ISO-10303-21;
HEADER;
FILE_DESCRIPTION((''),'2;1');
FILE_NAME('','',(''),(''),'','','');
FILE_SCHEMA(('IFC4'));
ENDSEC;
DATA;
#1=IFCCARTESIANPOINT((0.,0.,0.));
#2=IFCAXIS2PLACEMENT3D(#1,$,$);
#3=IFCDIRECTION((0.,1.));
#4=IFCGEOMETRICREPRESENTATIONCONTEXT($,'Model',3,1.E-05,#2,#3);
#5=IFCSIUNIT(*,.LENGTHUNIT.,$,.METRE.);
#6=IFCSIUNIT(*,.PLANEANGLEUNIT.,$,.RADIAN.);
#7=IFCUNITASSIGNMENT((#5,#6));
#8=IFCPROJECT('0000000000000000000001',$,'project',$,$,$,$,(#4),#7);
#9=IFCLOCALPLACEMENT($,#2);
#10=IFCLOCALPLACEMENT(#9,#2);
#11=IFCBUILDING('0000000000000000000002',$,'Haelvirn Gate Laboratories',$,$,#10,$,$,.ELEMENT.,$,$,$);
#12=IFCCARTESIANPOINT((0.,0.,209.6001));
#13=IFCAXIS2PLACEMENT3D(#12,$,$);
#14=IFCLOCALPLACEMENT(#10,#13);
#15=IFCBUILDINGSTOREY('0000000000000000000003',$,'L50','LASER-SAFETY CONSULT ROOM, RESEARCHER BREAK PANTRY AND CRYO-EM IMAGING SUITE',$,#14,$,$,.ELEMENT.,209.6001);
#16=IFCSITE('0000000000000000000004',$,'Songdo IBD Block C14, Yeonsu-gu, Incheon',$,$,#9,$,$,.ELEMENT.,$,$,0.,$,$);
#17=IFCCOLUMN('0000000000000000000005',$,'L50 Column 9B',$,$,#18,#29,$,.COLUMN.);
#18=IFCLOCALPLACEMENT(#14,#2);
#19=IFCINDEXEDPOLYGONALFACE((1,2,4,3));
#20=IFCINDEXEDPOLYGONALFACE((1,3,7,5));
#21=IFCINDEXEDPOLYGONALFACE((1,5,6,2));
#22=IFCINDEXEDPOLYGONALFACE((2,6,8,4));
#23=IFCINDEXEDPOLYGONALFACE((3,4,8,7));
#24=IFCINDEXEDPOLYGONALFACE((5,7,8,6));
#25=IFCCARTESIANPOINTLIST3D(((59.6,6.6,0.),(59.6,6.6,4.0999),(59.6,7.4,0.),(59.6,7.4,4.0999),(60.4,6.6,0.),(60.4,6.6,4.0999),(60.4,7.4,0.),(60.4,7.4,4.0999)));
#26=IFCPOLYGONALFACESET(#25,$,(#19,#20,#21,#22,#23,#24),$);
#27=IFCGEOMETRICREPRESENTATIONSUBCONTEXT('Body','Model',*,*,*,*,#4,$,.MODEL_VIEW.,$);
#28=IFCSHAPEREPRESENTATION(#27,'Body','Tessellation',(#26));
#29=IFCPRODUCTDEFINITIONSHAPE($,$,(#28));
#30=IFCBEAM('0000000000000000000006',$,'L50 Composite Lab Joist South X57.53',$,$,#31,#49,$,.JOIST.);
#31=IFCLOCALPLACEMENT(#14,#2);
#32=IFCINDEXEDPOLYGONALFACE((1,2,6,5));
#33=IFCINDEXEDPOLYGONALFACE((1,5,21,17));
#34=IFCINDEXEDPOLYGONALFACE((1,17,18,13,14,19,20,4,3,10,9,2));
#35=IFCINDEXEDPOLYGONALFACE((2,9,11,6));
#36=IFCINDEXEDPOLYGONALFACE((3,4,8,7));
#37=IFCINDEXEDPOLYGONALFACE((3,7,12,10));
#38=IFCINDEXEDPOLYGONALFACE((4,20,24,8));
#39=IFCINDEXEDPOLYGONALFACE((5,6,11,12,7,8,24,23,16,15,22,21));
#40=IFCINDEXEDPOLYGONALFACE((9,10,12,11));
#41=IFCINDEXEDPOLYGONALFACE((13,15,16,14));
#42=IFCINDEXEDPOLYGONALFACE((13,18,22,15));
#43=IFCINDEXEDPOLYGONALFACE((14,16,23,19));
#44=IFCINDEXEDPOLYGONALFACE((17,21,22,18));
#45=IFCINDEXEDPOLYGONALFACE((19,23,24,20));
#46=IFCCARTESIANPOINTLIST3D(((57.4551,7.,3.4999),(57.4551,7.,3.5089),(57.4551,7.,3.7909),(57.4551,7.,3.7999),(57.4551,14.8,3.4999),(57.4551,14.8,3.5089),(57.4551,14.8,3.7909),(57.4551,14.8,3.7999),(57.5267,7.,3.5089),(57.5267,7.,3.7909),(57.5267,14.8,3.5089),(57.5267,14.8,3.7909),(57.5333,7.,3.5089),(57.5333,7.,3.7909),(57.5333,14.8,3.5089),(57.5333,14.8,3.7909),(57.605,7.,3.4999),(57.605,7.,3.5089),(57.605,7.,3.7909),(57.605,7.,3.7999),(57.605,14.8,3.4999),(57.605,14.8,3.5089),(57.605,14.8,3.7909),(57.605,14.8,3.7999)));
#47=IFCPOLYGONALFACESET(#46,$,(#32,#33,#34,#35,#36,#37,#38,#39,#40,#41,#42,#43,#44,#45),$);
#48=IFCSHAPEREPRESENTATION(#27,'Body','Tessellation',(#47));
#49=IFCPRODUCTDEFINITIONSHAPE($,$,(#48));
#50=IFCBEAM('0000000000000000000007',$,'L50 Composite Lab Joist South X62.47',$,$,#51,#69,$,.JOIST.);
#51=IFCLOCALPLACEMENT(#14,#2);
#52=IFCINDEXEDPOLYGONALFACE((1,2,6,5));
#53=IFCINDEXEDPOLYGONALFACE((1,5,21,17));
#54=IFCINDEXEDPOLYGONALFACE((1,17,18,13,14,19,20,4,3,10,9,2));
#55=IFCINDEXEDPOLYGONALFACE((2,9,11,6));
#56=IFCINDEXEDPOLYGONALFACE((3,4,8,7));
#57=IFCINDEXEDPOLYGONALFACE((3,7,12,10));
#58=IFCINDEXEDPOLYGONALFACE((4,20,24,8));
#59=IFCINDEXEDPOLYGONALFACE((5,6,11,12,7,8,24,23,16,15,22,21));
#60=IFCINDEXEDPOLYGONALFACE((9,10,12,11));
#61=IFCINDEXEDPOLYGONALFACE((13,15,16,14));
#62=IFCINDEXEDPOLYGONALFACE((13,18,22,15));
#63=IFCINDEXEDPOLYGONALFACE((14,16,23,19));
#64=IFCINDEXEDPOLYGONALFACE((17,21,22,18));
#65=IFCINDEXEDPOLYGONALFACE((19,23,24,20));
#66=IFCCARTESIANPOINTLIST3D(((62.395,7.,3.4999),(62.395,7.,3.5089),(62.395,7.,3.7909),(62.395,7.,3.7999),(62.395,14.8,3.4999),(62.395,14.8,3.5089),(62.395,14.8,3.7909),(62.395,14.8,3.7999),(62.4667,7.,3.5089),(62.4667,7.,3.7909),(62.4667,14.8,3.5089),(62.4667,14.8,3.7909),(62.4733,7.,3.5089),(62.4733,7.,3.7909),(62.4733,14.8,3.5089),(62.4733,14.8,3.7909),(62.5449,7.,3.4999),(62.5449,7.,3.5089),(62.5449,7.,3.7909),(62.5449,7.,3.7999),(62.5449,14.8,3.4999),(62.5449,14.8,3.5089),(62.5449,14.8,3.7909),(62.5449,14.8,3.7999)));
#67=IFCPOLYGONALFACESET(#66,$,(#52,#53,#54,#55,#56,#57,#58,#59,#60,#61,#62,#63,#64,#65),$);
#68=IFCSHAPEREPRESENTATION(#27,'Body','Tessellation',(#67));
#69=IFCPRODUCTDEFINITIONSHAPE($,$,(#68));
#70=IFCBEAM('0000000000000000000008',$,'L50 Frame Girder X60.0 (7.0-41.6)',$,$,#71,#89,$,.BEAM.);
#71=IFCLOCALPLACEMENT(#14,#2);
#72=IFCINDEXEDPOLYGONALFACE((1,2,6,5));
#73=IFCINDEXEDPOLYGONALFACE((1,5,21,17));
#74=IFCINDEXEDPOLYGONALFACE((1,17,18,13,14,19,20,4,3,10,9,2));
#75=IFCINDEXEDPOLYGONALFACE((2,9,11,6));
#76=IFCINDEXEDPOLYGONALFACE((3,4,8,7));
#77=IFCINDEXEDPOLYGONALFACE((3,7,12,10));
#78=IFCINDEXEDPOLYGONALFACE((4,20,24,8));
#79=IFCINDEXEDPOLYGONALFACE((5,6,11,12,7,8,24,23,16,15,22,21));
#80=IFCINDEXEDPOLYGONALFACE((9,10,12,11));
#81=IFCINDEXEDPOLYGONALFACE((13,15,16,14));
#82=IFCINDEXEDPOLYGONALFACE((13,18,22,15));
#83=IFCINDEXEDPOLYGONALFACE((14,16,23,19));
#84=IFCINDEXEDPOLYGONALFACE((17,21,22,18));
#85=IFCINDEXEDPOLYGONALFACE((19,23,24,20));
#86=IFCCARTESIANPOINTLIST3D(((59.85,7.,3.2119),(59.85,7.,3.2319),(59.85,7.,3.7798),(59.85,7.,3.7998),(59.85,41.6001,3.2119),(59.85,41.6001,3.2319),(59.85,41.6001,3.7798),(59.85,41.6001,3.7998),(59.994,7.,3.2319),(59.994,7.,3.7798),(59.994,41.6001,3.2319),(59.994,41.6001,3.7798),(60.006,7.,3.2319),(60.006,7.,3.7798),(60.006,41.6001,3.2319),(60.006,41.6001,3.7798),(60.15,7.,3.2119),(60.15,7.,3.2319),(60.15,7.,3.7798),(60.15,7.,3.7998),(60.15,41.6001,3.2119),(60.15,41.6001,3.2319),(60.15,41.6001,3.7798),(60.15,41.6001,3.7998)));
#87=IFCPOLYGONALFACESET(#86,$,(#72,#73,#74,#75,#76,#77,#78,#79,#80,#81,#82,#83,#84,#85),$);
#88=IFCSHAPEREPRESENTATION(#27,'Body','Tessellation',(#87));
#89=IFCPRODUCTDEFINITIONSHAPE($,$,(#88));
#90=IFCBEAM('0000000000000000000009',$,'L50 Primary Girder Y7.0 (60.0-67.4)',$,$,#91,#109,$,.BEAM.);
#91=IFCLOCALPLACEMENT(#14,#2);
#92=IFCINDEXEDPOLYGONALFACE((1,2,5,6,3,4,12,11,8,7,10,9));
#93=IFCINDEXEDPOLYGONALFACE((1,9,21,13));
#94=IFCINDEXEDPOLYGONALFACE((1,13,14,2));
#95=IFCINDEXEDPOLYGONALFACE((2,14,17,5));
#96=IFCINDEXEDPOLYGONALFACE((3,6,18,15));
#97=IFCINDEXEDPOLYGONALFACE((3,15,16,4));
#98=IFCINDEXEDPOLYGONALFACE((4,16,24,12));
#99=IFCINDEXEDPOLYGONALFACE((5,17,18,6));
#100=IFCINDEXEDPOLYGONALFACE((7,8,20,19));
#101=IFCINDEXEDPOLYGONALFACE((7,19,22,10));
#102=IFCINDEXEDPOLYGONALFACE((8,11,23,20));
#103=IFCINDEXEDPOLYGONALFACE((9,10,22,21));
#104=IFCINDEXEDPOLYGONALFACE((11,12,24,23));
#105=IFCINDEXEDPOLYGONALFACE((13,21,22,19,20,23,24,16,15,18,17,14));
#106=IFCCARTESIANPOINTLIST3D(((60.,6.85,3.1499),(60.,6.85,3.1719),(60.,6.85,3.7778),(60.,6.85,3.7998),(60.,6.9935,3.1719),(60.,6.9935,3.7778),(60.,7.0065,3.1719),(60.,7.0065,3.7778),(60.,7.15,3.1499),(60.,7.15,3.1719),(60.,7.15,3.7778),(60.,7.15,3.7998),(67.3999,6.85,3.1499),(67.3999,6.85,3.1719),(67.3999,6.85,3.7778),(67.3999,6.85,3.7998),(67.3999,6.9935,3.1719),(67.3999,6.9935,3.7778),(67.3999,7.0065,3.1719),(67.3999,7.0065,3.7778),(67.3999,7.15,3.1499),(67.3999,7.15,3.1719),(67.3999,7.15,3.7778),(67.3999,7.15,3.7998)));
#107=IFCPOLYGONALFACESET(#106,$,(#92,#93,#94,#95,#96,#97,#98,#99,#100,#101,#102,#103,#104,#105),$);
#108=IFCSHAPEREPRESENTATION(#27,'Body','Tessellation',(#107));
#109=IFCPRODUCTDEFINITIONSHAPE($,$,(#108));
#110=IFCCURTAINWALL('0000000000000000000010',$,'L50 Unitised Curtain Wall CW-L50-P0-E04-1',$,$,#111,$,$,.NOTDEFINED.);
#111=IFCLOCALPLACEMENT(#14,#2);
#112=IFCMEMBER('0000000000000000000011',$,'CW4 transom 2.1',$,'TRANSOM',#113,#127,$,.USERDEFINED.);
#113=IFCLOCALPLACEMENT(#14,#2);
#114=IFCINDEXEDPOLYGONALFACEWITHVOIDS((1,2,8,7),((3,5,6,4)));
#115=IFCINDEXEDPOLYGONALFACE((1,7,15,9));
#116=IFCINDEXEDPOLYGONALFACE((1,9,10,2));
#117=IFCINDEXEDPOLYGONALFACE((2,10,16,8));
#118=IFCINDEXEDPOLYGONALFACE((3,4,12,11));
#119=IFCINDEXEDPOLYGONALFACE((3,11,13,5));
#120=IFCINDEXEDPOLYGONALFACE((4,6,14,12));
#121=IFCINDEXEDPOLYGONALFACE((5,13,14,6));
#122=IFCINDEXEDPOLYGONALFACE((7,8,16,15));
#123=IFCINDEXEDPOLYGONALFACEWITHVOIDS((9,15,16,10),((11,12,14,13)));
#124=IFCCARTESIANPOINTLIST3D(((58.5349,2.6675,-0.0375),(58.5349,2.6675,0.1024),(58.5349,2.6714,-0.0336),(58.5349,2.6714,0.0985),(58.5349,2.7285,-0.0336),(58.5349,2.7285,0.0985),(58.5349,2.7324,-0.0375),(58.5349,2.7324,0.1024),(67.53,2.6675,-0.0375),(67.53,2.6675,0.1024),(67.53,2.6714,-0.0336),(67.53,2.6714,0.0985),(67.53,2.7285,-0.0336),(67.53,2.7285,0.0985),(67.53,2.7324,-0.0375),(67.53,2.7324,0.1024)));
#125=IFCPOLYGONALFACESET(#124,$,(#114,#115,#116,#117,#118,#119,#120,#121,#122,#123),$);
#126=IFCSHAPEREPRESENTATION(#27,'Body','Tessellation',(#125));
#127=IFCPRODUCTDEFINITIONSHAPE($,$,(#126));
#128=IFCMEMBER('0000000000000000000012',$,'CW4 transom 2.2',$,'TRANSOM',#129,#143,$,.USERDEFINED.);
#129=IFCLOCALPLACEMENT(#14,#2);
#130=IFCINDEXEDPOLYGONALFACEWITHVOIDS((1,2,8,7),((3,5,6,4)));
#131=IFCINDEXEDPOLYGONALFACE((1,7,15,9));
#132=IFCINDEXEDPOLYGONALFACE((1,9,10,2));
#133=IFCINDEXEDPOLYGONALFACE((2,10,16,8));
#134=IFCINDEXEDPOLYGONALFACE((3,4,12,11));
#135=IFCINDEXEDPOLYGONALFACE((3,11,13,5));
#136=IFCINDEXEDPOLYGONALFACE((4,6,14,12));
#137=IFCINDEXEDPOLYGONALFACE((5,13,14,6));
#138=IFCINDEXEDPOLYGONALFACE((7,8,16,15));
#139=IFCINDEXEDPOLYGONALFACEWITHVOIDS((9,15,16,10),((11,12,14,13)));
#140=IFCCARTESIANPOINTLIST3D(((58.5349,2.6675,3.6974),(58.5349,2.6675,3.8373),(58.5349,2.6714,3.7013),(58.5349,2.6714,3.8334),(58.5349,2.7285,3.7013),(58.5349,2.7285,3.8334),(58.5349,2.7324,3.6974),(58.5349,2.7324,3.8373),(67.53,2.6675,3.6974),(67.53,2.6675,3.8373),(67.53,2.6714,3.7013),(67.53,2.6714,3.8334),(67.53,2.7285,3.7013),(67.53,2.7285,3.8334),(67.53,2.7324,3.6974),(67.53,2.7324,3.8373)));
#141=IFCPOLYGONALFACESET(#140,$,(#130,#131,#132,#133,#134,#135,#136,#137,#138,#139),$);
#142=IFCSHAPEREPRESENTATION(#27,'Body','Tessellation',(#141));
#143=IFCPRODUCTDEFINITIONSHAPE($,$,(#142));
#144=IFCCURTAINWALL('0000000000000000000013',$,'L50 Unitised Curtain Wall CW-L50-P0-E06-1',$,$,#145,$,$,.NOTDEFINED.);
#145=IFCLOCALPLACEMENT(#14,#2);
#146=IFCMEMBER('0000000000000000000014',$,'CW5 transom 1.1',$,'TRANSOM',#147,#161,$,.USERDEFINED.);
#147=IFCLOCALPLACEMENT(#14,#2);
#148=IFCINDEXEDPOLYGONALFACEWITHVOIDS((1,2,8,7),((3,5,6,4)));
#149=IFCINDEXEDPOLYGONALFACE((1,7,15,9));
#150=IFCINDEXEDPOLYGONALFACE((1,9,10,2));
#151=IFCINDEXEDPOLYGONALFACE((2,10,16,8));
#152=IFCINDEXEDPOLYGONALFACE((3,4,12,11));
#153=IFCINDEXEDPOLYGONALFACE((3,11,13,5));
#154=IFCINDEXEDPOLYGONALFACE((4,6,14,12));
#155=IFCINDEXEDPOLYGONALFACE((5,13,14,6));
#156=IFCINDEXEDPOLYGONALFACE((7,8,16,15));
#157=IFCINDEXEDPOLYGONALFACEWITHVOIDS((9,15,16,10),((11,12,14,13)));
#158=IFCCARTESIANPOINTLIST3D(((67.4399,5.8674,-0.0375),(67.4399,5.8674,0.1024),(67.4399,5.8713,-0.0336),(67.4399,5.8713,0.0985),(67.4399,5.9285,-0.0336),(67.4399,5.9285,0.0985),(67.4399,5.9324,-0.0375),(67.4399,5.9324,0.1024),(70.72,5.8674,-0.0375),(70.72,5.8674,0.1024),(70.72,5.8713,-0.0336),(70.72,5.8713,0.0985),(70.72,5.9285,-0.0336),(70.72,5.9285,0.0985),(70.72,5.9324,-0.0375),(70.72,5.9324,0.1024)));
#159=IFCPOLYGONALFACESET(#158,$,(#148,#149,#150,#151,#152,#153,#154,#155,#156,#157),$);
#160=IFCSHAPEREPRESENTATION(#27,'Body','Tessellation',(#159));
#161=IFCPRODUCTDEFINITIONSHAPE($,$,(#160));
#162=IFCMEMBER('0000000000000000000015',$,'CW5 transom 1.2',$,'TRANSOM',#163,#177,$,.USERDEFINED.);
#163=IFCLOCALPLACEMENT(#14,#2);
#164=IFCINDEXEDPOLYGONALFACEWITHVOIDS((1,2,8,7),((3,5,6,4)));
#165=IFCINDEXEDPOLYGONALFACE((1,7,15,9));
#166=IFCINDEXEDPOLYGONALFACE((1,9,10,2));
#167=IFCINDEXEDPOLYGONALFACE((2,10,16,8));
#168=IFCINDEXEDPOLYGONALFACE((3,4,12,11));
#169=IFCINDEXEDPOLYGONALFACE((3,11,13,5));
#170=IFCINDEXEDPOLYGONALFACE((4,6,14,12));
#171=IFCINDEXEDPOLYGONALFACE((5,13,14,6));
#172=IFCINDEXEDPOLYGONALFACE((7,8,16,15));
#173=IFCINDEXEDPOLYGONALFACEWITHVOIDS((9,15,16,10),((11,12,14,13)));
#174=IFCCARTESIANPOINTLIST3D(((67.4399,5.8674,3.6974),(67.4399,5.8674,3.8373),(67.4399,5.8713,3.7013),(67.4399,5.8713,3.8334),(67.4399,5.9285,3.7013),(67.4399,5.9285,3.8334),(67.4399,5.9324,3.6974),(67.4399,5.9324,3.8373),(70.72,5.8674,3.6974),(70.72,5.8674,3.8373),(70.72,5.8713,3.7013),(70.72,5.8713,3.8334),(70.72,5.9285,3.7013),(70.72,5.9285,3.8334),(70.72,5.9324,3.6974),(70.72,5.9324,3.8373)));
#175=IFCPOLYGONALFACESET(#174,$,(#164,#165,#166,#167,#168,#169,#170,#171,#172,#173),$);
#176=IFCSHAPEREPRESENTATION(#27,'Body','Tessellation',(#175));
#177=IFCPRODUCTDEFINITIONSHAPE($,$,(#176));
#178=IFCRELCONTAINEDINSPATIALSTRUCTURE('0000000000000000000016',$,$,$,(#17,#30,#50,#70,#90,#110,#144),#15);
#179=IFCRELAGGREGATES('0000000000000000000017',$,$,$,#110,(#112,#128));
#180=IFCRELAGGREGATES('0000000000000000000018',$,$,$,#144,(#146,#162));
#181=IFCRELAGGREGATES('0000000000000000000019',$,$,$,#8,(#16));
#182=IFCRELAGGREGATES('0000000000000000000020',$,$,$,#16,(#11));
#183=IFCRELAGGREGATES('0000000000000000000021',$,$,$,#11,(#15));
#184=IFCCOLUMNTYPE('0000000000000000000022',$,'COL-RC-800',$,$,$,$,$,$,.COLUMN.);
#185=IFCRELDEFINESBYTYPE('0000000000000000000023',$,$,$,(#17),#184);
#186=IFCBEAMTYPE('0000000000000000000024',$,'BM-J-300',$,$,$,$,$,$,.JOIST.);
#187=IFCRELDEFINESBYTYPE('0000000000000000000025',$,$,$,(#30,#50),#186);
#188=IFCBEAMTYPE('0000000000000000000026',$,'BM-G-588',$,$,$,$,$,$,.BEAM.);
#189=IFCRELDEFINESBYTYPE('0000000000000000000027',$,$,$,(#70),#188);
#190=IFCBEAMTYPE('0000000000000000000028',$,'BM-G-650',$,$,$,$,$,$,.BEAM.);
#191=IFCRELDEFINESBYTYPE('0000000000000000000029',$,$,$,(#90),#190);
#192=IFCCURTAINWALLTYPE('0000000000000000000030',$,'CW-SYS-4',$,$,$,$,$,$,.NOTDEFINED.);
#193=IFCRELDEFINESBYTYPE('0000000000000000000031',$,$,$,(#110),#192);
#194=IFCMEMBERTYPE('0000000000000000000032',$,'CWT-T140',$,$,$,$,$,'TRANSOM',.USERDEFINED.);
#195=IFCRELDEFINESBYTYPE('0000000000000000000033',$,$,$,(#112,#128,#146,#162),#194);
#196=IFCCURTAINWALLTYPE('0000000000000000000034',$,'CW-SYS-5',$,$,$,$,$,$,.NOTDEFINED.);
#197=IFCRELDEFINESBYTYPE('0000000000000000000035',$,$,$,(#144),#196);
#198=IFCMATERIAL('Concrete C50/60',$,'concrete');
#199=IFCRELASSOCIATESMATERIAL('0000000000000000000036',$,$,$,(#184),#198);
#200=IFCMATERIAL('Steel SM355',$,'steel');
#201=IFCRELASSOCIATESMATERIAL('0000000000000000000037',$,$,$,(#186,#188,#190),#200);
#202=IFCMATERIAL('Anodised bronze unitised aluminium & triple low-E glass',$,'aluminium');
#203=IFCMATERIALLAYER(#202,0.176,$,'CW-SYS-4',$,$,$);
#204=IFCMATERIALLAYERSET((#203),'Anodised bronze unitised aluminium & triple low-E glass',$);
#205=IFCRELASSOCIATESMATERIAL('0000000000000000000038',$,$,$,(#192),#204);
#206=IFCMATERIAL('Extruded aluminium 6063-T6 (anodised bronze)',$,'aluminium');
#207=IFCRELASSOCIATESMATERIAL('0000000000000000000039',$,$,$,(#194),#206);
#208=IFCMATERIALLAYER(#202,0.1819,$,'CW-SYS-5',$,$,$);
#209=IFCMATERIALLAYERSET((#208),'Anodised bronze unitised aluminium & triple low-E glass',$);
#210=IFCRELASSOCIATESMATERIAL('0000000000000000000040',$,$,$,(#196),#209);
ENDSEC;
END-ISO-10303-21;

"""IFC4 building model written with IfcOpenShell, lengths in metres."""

from ifc_helpers import new_model, si_unit, direction, frame, origin, origin_2d, place, context, subcontext, project, spatial, rectangle, hollow_rectangle, i_section, extrude, source, transform, mapped, material, layer, layer_set, material_profile, profile_set, type_object, type_shapes, element, aggregate, save


model = new_model("IFC4")

# Units and contexts
model_context = context("Model", 3, precision=1e-05, world=origin(), true_north=direction((0.0, 1.0)))
body_context = subcontext(model_context, "Body", "Model", "MODEL_VIEW")
ifc_project = project(units=[si_unit("LENGTHUNIT", "METRE"), si_unit("PLANEANGLEUNIT", "RADIAN")], contexts=[model_context])

# Site, building, storey
site_placement = place(None, origin())
site = spatial("IfcSite", under=ifc_project, at=site_placement, Name="Songdo IBD Block C14, Yeonsu-gu, Incheon", CompositionType="ELEMENT", RefElevation=0.0)
building_placement = place(site_placement, origin())
building = spatial("IfcBuilding", under=site, at=building_placement, Name="Haelvirn Gate Laboratories", CompositionType="ELEMENT")
storey_placement = place(building_placement, frame((0.0, 0.0, 209.6001)))
storey = spatial("IfcBuildingStorey", under=building, at=storey_placement, Name="L50", Description="LASER-SAFETY CONSULT ROOM, RESEARCHER BREAK PANTRY AND CRYO-EM IMAGING SUITE", CompositionType="ELEMENT", Elevation=209.6001)

# Column
ifc_material_1 = material(Name="Concrete C50/60", Category="concrete")
ifc_material_profile_1 = material_profile(ifc_material_1, rectangle(XDim=0.8, YDim=0.8, at=origin_2d()), Name="RC-800x800")
ifc_profile_set_1 = profile_set([ifc_material_profile_1], Name="Concrete C50/60")
column_type = type_object("IfcColumnType", Name="COL-RC-800", PredefinedType="COLUMN", material=ifc_profile_set_1)
shared_shape_1 = source(origin(), body_context, "Body", "SweptSolid", [
    extrude(rectangle(XDim=0.8, YDim=0.8, at=origin_2d()), origin(), (0.0, 0.0, 1.0), 4.0999),
])
type_shapes(column_type, [shared_shape_1])
column_placement = place(storey_placement, frame((60.0, 7.0, 0.0), z_axis=(0.0, 0.0, 1.0), x_axis=(1.0, 0.0, 0.0)))
element("IfcColumn", 1, at=column_placement, inside=storey, type_object=column_type, Name="L50 Column 9B", PredefinedType="COLUMN", context=body_context, shape_type="MappedRepresentation", body=[
    mapped(shared_shape_1, transform((0.0, 0.0, 0.0), scale=1.0)),
])

# Beams
ifc_material_2 = material(Name="Steel SM355", Category="steel")
ifc_material_profile_2 = material_profile(ifc_material_2, i_section(OverallWidth=0.1499, OverallDepth=0.3, WebThickness=0.0066, FlangeThickness=0.009, at=origin_2d()), Name="H-300x150x6.5x9")
ifc_profile_set_2 = profile_set([ifc_material_profile_2], Name="Steel SM355")
beam_type_1 = type_object("IfcBeamType", Name="BM-J-300", PredefinedType="JOIST", material=ifc_profile_set_2)
shared_shape_2 = source(origin(), body_context, "Body", "SweptSolid", [
    extrude(i_section(OverallWidth=0.1499, OverallDepth=0.3, WebThickness=0.0066, FlangeThickness=0.009, at=origin_2d()), origin(), (0.0, 0.0, 1.0), 7.8),
])
type_shapes(beam_type_1, [shared_shape_2])
for number, where, z_axis, x_axis, name in (
    (2, (57.53, 7.0, 3.6499), (0.0, 1.0, 0.0), (-1.0, 0.0, 0.0), "L50 Composite Lab Joist South X57.53"),
    (3, (62.47, 7.0, 3.6499), (0.0, 1.0, 0.0), (-1.0, 0.0, 0.0), "L50 Composite Lab Joist South X62.47"),
):
    element("IfcBeam", number, at=place(storey_placement, frame(where, z_axis=z_axis, x_axis=x_axis)), inside=storey, type_object=beam_type_1, Name=name, PredefinedType="JOIST", context=body_context, shape_type="MappedRepresentation", body=[
        mapped(shared_shape_2, transform((0.0, 0.0, 0.0), scale=1.0)),
    ])
ifc_material_profile_3 = material_profile(ifc_material_2, i_section(OverallWidth=0.3, OverallDepth=0.5879, WebThickness=0.012, FlangeThickness=0.02, at=origin_2d()), Name="H-588x300x12x20")
ifc_profile_set_3 = profile_set([ifc_material_profile_3], Name="Steel SM355")
beam_type_2 = type_object("IfcBeamType", Name="BM-G-588", PredefinedType="BEAM", material=ifc_profile_set_3)
shared_shape_3 = source(origin(), body_context, "Body", "SweptSolid", [
    extrude(i_section(OverallWidth=0.3, OverallDepth=0.5879, WebThickness=0.012, FlangeThickness=0.02, at=origin_2d()), origin(), (0.0, 0.0, 1.0), 34.6001),
])
type_shapes(beam_type_2, [shared_shape_3])
beam_1_placement = place(storey_placement, frame((60.0, 7.0, 3.5059), z_axis=(0.0, 1.0, 0.0), x_axis=(-1.0, 0.0, 0.0)))
element("IfcBeam", 4, at=beam_1_placement, inside=storey, type_object=beam_type_2, Name="L50 Frame Girder X60.0 (7.0-41.6)", PredefinedType="BEAM", context=body_context, shape_type="MappedRepresentation", body=[
    mapped(shared_shape_3, transform((0.0, 0.0, 0.0), scale=1.0)),
])
ifc_material_profile_4 = material_profile(ifc_material_2, i_section(OverallWidth=0.3, OverallDepth=0.6499, WebThickness=0.0129, FlangeThickness=0.022, at=origin_2d()), Name="H-650x300x13x22")
ifc_profile_set_4 = profile_set([ifc_material_profile_4], Name="Steel SM355")
beam_type_3 = type_object("IfcBeamType", Name="BM-G-650", PredefinedType="BEAM", material=ifc_profile_set_4)
shared_shape_4 = source(origin(), body_context, "Body", "SweptSolid", [
    extrude(i_section(OverallWidth=0.3, OverallDepth=0.6499, WebThickness=0.0129, FlangeThickness=0.022, at=origin_2d()), origin(), (0.0, 0.0, 1.0), 7.3999),
])
type_shapes(beam_type_3, [shared_shape_4])
beam_2_placement = place(storey_placement, frame((60.0, 7.0, 3.4749), z_axis=(1.0, 0.0, 0.0), x_axis=(0.0, 1.0, 0.0)))
element("IfcBeam", 5, at=beam_2_placement, inside=storey, type_object=beam_type_3, Name="L50 Primary Girder Y7.0 (60.0-67.4)", PredefinedType="BEAM", context=body_context, shape_type="MappedRepresentation", body=[
    mapped(shared_shape_4, transform((0.0, 0.0, 0.0), scale=1.0)),
])

# Curtain walls, members
ifc_material_3 = material(Name="Anodised bronze unitised aluminium & triple low-E glass", Category="aluminium")
ifc_layer_1 = layer(ifc_material_3, 0.176, Name="CW-SYS-4")
ifc_layer_set_1 = layer_set([ifc_layer_1], Name="Anodised bronze unitised aluminium & triple low-E glass")
curtain_wall_type_1 = type_object("IfcCurtainWallType", Name="CW-SYS-4", PredefinedType="NOTDEFINED", material=ifc_layer_set_1)
curtain_wall_1_placement = place(storey_placement, origin())
curtain_wall_1 = element("IfcCurtainWall", 6, at=curtain_wall_1_placement, inside=storey, type_object=curtain_wall_type_1, Name="L50 Unitised Curtain Wall CW-L50-P0-E04-1", PredefinedType="NOTDEFINED")
ifc_material_4 = material(Name="Extruded aluminium 6063-T6 (anodised bronze)", Category="aluminium")
ifc_material_profile_5 = material_profile(ifc_material_4, hollow_rectangle(XDim=0.0649, YDim=0.1399, WallThickness=0.0039, at=origin_2d()), Name="CWT-140x65x4")
ifc_profile_set_5 = profile_set([ifc_material_profile_5], Name="Extruded aluminium 6063-T6 (anodised bronze)")
member_type_1 = type_object("IfcMemberType", Name="CWT-T140", ElementType="TRANSOM", PredefinedType="USERDEFINED", material=ifc_profile_set_5)
shared_shape_5 = source(origin(), body_context, "Body", "SweptSolid", [
    extrude(hollow_rectangle(XDim=0.0649, YDim=0.1399, WallThickness=0.0039, at=origin_2d()), origin(), (0.0, 0.0, 1.0), 8.9951),
])
member_1_placement = place(storey_placement, frame((58.5349, 2.7, 0.0325), z_axis=(1.0, 0.0, 0.0), x_axis=(0.0, 1.0, 0.0)))
member_1 = element("IfcMember", 7, at=member_1_placement, type_object=member_type_1, Name="CW4 transom 2.1", ObjectType="TRANSOM", PredefinedType="USERDEFINED", context=body_context, shape_type="MappedRepresentation", body=[
    mapped(shared_shape_5, transform((0.0, 0.0, 0.0), scale=1.0)),
])
member_2_placement = place(storey_placement, frame((58.5349, 2.7, 3.7673), z_axis=(1.0, 0.0, 0.0), x_axis=(0.0, 1.0, 0.0)))
member_2 = element("IfcMember", 8, at=member_2_placement, type_object=member_type_1, Name="CW4 transom 2.2", ObjectType="TRANSOM", PredefinedType="USERDEFINED", context=body_context, shape_type="MappedRepresentation", body=[
    mapped(shared_shape_5, transform((0.0, 0.0, 0.0), scale=1.0)),
])
ifc_layer_2 = layer(ifc_material_3, 0.1819, Name="CW-SYS-5")
ifc_layer_set_2 = layer_set([ifc_layer_2], Name="Anodised bronze unitised aluminium & triple low-E glass")
curtain_wall_type_2 = type_object("IfcCurtainWallType", Name="CW-SYS-5", PredefinedType="NOTDEFINED", material=ifc_layer_set_2)
curtain_wall_2_placement = place(storey_placement, origin())
curtain_wall_2 = element("IfcCurtainWall", 9, at=curtain_wall_2_placement, inside=storey, type_object=curtain_wall_type_2, Name="L50 Unitised Curtain Wall CW-L50-P0-E06-1", PredefinedType="NOTDEFINED")
shared_shape_6 = source(origin(), body_context, "Body", "SweptSolid", [
    extrude(hollow_rectangle(XDim=0.0649, YDim=0.1399, WallThickness=0.0039, at=origin_2d()), origin(), (0.0, 0.0, 1.0), 3.28),
])
member_3_placement = place(storey_placement, frame((67.4399, 5.8999, 0.0325), z_axis=(1.0, 0.0, 0.0), x_axis=(0.0, 1.0, 0.0)))
member_3 = element("IfcMember", 10, at=member_3_placement, type_object=member_type_1, Name="CW5 transom 1.1", ObjectType="TRANSOM", PredefinedType="USERDEFINED", context=body_context, shape_type="MappedRepresentation", body=[
    mapped(shared_shape_6, transform((0.0, 0.0, 0.0), scale=1.0)),
])
member_4_placement = place(storey_placement, frame((67.4399, 5.8999, 3.7673), z_axis=(1.0, 0.0, 0.0), x_axis=(0.0, 1.0, 0.0)))
member_4 = element("IfcMember", 11, at=member_4_placement, type_object=member_type_1, Name="CW5 transom 1.2", ObjectType="TRANSOM", PredefinedType="USERDEFINED", context=body_context, shape_type="MappedRepresentation", body=[
    mapped(shared_shape_6, transform((0.0, 0.0, 0.0), scale=1.0)),
])

aggregate(curtain_wall_1, [member_1, member_2])
aggregate(curtain_wall_2, [member_3, member_4])

save(model, "model.ifc")
